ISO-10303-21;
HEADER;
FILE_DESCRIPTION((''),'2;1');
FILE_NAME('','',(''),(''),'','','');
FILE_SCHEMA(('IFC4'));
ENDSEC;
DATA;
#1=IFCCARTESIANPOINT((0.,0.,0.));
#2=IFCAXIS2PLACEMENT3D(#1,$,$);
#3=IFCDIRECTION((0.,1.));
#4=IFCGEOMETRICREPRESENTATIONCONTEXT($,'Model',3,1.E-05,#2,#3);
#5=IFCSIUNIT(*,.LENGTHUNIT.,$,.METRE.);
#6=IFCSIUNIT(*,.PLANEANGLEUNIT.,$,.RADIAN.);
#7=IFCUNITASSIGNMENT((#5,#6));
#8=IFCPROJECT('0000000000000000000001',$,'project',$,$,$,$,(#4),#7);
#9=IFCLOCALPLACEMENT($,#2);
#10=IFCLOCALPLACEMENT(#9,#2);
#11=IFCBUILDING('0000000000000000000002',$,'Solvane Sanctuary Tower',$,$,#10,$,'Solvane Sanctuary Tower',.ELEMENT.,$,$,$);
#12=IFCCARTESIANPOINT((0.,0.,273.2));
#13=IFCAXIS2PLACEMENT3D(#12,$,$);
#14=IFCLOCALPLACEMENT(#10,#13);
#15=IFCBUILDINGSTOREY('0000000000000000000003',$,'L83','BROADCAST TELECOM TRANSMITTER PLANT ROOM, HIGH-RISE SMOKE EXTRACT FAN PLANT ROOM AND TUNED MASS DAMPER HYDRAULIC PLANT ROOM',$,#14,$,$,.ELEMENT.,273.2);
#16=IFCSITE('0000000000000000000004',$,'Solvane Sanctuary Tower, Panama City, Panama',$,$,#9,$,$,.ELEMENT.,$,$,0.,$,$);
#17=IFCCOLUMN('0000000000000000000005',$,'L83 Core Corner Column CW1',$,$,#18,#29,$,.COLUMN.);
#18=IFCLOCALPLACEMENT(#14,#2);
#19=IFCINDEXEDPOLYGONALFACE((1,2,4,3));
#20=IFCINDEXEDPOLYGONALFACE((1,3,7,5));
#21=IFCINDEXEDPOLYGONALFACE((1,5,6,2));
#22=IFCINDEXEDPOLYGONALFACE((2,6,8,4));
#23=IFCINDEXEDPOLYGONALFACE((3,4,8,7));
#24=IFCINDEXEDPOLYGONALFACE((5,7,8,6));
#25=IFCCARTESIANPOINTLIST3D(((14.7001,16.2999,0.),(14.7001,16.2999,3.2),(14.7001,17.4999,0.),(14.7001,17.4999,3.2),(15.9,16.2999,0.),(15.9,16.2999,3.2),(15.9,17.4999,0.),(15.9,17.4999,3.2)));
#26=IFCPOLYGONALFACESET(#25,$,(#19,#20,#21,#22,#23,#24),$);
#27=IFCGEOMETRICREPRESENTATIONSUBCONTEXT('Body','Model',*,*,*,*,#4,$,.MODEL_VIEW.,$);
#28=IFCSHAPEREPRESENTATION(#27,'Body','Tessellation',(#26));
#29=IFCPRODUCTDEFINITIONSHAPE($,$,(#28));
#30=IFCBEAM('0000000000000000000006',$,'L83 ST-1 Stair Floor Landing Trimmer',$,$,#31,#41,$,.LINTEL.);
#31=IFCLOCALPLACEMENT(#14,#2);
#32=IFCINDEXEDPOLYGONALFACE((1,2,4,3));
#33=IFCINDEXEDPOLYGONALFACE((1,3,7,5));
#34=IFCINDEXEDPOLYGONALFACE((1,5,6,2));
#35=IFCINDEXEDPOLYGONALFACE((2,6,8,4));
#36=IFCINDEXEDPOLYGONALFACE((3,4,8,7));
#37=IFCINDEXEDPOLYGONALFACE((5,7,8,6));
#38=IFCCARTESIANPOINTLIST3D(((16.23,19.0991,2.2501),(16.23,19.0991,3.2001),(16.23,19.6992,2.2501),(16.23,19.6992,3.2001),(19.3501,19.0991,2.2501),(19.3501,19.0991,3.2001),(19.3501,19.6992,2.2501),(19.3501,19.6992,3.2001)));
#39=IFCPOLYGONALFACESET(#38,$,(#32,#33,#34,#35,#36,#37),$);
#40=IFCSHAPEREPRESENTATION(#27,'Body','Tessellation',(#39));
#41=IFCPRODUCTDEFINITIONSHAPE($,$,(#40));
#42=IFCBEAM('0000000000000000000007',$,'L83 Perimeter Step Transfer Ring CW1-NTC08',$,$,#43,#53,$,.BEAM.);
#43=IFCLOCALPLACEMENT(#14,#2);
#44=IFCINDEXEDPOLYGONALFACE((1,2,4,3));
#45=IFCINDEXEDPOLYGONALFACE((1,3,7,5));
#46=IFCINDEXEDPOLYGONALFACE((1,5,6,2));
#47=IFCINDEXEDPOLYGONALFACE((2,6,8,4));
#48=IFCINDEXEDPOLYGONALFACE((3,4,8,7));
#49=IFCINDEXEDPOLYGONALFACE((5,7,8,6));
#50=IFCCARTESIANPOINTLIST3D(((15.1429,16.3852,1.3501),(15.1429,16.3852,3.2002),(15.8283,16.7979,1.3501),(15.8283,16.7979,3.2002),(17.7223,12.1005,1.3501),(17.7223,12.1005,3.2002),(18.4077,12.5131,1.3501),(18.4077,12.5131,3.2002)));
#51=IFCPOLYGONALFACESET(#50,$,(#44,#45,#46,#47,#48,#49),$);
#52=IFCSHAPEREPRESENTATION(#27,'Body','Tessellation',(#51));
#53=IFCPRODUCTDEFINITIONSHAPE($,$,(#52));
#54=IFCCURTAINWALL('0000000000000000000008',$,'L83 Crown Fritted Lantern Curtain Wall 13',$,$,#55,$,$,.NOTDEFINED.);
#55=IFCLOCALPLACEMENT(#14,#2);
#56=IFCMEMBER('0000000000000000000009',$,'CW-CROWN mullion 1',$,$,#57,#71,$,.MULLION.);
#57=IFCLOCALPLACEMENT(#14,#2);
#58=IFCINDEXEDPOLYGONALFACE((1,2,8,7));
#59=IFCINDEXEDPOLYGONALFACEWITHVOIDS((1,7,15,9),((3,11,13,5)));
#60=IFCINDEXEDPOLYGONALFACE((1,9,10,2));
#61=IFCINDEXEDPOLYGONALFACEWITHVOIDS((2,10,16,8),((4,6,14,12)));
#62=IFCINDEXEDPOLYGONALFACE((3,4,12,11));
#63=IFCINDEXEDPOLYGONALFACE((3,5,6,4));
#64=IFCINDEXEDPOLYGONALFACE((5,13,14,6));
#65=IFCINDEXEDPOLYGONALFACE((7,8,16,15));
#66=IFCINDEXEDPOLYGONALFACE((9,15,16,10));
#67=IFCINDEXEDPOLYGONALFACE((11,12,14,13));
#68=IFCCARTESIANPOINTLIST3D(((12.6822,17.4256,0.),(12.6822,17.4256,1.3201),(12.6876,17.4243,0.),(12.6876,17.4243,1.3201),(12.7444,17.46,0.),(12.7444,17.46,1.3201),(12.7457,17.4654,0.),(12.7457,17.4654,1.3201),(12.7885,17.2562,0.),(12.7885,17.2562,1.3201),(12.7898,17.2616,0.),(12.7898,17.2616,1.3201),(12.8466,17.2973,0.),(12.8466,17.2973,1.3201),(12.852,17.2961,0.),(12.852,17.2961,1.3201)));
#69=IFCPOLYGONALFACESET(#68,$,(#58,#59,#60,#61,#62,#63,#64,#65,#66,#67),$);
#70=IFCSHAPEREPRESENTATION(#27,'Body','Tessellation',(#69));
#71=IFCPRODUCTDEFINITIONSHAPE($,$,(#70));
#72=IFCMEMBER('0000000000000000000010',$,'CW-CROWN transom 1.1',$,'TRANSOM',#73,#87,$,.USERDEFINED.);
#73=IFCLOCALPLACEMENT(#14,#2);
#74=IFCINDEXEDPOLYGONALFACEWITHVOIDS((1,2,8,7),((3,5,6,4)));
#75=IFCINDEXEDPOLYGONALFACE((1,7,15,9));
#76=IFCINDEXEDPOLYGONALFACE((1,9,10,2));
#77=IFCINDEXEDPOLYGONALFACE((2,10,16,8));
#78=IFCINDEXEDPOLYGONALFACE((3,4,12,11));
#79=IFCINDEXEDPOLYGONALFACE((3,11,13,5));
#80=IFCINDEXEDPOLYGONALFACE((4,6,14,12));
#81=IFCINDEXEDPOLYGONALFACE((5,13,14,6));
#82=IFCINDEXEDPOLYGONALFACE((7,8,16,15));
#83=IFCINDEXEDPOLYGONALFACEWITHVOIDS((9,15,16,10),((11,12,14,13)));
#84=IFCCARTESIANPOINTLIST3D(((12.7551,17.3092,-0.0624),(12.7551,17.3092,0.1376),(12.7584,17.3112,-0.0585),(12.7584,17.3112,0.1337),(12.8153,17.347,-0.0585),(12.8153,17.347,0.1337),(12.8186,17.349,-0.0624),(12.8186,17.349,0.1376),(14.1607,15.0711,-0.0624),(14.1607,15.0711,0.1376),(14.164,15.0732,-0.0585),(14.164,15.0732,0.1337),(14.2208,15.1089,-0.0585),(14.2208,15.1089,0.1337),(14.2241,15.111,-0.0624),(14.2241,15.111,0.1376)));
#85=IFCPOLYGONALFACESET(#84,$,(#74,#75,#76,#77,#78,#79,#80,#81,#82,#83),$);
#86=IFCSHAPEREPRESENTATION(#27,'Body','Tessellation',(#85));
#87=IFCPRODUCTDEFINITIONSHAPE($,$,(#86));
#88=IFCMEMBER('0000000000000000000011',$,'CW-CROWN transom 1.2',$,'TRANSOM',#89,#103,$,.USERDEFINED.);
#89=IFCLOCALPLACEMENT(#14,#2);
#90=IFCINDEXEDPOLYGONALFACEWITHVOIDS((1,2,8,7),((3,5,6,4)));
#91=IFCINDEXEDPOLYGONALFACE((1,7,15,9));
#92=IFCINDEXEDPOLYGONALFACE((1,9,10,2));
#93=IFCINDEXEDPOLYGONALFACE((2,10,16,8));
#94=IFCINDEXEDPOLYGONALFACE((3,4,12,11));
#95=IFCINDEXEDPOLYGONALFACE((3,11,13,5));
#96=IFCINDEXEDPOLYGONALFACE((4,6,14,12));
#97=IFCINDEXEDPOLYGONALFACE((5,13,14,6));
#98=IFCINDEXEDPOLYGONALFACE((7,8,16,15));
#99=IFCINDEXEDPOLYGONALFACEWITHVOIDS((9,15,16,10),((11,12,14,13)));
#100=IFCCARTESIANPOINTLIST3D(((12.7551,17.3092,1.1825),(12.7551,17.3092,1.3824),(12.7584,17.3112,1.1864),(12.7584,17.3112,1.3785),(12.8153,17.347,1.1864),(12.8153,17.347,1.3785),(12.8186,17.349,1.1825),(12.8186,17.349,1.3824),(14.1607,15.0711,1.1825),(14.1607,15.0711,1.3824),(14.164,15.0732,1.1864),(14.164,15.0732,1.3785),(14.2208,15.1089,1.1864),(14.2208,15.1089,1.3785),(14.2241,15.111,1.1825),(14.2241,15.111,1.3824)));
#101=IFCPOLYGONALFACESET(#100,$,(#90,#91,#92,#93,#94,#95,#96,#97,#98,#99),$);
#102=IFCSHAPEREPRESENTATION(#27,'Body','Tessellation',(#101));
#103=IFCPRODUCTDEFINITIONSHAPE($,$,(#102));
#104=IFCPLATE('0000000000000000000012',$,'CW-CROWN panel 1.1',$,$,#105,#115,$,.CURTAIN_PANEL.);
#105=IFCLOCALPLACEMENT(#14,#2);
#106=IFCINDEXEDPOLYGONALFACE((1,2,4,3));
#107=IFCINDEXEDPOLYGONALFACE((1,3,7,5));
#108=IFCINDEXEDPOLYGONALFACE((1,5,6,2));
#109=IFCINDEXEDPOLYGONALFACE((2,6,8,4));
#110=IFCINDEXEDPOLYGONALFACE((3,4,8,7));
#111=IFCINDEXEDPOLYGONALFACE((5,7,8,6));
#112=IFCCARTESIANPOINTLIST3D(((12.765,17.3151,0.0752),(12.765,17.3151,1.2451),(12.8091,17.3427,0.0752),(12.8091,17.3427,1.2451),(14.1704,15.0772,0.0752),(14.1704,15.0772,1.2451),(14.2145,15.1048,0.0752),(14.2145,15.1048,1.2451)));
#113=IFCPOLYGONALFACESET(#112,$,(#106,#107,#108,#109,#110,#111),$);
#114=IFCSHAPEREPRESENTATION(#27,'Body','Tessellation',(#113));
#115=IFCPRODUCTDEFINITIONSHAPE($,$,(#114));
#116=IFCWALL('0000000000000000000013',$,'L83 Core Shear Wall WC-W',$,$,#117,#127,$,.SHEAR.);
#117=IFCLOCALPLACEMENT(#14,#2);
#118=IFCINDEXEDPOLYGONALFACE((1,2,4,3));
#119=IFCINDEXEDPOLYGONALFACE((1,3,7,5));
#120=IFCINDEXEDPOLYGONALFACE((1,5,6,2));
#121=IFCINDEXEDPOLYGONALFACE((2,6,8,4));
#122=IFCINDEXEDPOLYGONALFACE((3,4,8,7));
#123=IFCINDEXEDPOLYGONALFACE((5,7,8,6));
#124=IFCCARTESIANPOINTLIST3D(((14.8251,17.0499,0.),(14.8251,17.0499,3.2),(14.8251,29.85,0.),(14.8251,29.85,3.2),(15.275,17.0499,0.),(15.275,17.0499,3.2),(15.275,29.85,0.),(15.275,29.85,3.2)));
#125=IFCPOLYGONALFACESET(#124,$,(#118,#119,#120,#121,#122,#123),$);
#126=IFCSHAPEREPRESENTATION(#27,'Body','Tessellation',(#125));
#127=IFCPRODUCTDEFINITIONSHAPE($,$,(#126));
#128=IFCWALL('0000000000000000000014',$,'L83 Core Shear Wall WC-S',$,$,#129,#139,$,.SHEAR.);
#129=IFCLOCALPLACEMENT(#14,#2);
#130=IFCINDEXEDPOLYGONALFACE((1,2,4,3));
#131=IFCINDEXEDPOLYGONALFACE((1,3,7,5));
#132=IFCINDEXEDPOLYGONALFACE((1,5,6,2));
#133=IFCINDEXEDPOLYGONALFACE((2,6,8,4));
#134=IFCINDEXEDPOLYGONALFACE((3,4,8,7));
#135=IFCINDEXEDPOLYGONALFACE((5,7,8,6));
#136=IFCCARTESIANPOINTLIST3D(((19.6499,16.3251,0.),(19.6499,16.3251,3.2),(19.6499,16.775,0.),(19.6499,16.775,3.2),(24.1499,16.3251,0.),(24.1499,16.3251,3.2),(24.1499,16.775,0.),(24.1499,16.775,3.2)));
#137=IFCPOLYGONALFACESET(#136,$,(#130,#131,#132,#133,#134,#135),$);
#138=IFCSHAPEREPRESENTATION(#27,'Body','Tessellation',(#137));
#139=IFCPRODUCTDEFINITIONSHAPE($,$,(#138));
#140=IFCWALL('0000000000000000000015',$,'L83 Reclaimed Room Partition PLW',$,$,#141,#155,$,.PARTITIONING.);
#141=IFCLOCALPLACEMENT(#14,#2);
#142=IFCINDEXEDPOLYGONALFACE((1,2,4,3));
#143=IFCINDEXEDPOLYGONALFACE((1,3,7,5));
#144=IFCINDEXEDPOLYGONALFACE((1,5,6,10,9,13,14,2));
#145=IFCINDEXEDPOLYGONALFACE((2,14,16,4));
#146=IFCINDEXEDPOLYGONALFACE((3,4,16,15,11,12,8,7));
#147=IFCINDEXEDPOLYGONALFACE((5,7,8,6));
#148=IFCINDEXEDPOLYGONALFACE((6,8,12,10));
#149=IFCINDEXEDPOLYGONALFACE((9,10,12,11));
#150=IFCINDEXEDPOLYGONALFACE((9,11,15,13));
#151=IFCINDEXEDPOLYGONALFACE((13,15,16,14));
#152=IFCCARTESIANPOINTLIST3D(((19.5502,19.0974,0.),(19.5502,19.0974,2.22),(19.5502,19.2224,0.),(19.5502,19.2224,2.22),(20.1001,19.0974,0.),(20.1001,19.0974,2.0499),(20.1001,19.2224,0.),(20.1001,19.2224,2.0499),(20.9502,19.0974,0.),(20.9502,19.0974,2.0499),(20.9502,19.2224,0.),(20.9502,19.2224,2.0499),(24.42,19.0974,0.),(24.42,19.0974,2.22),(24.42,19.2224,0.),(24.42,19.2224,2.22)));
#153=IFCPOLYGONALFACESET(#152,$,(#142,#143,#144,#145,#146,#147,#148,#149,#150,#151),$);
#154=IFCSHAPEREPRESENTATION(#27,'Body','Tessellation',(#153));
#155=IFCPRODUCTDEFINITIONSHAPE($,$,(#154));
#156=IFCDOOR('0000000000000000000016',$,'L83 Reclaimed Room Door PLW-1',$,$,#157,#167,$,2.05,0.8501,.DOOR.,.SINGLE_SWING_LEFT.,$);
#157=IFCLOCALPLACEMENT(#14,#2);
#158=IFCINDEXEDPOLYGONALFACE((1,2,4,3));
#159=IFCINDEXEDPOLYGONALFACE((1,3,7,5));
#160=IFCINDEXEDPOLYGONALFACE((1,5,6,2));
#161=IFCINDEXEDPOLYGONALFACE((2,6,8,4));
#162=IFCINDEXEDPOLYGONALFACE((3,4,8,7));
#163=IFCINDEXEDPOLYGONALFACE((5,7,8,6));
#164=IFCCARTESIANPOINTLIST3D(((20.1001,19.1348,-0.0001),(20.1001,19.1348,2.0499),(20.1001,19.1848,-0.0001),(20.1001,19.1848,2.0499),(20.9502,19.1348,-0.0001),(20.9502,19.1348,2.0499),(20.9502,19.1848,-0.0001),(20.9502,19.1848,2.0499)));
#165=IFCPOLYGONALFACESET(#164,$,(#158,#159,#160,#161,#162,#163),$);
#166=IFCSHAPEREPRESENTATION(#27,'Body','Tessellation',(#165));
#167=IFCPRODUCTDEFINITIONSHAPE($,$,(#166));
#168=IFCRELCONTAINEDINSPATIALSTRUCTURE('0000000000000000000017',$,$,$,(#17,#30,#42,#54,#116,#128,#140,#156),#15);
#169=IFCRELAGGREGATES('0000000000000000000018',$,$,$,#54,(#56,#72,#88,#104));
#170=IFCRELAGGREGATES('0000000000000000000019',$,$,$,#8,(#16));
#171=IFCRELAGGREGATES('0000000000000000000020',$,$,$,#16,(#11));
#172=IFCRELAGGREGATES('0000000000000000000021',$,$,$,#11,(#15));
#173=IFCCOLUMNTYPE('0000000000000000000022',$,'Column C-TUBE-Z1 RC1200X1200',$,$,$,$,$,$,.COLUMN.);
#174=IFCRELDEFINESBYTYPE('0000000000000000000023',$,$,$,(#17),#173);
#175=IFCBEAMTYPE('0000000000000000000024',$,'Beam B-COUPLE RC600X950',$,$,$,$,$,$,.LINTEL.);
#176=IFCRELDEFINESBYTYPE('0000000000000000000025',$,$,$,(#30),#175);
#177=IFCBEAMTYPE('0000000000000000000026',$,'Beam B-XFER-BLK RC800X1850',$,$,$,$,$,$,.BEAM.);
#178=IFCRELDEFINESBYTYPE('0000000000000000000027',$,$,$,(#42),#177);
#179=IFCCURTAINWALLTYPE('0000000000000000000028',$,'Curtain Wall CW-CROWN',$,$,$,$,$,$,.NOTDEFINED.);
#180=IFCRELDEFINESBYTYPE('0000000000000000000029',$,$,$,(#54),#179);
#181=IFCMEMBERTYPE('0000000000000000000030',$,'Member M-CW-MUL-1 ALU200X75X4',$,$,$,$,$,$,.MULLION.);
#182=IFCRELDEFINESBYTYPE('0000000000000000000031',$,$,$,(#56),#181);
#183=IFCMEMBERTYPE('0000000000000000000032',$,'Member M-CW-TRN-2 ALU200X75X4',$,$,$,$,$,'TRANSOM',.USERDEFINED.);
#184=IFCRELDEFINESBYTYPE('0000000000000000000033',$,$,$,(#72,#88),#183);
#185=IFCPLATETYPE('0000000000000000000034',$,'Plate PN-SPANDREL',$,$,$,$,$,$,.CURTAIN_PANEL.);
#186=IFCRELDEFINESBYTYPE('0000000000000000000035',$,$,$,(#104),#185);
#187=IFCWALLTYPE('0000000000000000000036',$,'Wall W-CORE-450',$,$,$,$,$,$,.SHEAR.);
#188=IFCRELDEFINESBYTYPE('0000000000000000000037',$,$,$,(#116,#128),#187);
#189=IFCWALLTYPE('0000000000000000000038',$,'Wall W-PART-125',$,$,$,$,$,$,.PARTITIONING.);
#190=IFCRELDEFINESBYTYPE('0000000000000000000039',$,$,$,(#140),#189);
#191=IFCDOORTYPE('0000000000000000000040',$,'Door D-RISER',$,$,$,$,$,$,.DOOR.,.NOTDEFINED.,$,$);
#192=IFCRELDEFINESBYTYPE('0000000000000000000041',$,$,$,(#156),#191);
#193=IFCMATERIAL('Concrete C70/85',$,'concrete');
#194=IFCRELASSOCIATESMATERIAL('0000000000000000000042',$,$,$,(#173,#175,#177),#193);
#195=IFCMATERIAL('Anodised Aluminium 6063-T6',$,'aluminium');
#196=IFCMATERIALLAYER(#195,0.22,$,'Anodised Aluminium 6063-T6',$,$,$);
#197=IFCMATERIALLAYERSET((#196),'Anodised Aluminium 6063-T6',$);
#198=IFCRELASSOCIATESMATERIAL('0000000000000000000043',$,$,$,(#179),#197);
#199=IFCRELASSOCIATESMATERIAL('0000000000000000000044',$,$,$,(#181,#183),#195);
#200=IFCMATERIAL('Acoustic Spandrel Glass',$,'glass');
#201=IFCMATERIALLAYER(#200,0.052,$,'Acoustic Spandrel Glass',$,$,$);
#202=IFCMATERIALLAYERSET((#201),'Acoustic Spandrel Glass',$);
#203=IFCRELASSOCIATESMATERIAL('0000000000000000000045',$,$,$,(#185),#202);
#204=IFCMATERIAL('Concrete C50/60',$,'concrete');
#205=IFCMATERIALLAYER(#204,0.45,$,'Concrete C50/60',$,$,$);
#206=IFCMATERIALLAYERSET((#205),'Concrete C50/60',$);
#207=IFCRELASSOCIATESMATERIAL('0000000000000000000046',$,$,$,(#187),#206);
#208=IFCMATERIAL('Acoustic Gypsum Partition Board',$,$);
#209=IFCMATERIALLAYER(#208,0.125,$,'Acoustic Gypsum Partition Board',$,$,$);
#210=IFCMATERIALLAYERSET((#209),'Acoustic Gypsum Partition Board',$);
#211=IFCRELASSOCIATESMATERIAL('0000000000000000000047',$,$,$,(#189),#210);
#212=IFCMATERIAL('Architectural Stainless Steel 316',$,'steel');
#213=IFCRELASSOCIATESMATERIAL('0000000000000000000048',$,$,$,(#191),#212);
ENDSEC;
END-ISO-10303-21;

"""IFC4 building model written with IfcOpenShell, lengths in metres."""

from ifc_helpers import new_model, si_unit, direction, frame, frame_2d, origin, origin_2d, place, context, subcontext, project, spatial, rectangle, hollow_rectangle, extrude, material, layer, layer_set, material_profile, profile_set, type_object, element, fill, aggregate, save


model = new_model("IFC4")

# Units and contexts
model_context = context("Model", 3, precision=1e-05, world=origin(), true_north=direction((0.0, 1.0)))
body_context = subcontext(model_context, "Body", "Model", "MODEL_VIEW")
ifc_project = project(units=[si_unit("LENGTHUNIT", "METRE"), si_unit("PLANEANGLEUNIT", "RADIAN")], contexts=[model_context])

# Site, building, storey
site_placement = place(None, origin())
site = spatial("IfcSite", under=ifc_project, at=site_placement, Name="Solvane Sanctuary Tower, Panama City, Panama", CompositionType="ELEMENT", RefElevation=0.0)
building_placement = place(site_placement, origin())
building = spatial("IfcBuilding", under=site, at=building_placement, Name="Solvane Sanctuary Tower", LongName="Solvane Sanctuary Tower", CompositionType="ELEMENT")
storey_placement = place(building_placement, frame((0.0, 0.0, 273.2)))
storey = spatial("IfcBuildingStorey", under=building, at=storey_placement, Name="L83", Description="BROADCAST TELECOM TRANSMITTER PLANT ROOM, HIGH-RISE SMOKE EXTRACT FAN PLANT ROOM AND TUNED MASS DAMPER HYDRAULIC PLANT ROOM", CompositionType="ELEMENT", Elevation=273.2)

# Column
ifc_material_1 = material(Name="Concrete C70/85", Category="concrete")
ifc_material_profile_1 = material_profile(ifc_material_1, rectangle(XDim=1.2, YDim=1.2, at=origin_2d()), Name="RC1200X1200")
ifc_profile_set_1 = profile_set([ifc_material_profile_1], Name="Concrete C70/85")
column_type = type_object("IfcColumnType", Name="Column C-TUBE-Z1 RC1200X1200", PredefinedType="COLUMN", material=ifc_profile_set_1)
column_placement = place(storey_placement, frame((15.3, 16.8999, 0.0), z_axis=(0.0, 0.0, 1.0), x_axis=(1.0, 0.0, 0.0)))
element("IfcColumn", 1, at=column_placement, inside=storey, type_object=column_type, Name="L83 Core Corner Column CW1", PredefinedType="COLUMN", context=body_context, shape_type="SweptSolid", body=[
    extrude(rectangle(XDim=1.2, YDim=1.2, at=origin_2d()), origin(), (0.0, 0.0, 1.0), 3.2),
])

# Beams
ifc_material_profile_2 = material_profile(ifc_material_1, rectangle(XDim=0.6001, YDim=0.95, at=origin_2d()), Name="RC600X950")
ifc_profile_set_2 = profile_set([ifc_material_profile_2], Name="Concrete C70/85")
beam_type_1 = type_object("IfcBeamType", Name="Beam B-COUPLE RC600X950", PredefinedType="LINTEL", material=ifc_profile_set_2)
beam_1_placement = place(storey_placement, frame((16.23, 19.3992, 2.7251), z_axis=(1.0, 0.0, 0.0), x_axis=(0.0, 1.0, 0.0)))
element("IfcBeam", 2, at=beam_1_placement, inside=storey, type_object=beam_type_1, Name="L83 ST-1 Stair Floor Landing Trimmer", PredefinedType="LINTEL", context=body_context, shape_type="SweptSolid", body=[
    extrude(rectangle(XDim=0.6001, YDim=0.95, at=origin_2d()), origin(), (0.0, 0.0, 1.0), 3.1201),
])
ifc_material_profile_3 = material_profile(ifc_material_1, rectangle(XDim=0.8, YDim=1.8501, at=origin_2d()), Name="RC800X1850")
ifc_profile_set_3 = profile_set([ifc_material_profile_3], Name="Concrete C70/85")
beam_type_2 = type_object("IfcBeamType", Name="Beam B-XFER-BLK RC800X1850", PredefinedType="BEAM", material=ifc_profile_set_3)
beam_2_placement = place(storey_placement, frame((15.4856, 16.5916, 2.2751), z_axis=(0.515752, -0.856738, 0.0), x_axis=(0.856738, 0.515752, 0.0)))
element("IfcBeam", 3, at=beam_2_placement, inside=storey, type_object=beam_type_2, Name="L83 Perimeter Step Transfer Ring CW1-NTC08", PredefinedType="BEAM", context=body_context, shape_type="SweptSolid", body=[
    extrude(rectangle(XDim=0.8, YDim=1.8501, at=origin_2d()), origin(), (0.0, 0.0, 1.0), 5.0012),
])

# Curtain wall, members, plate
ifc_material_2 = material(Name="Anodised Aluminium 6063-T6", Category="aluminium")
ifc_layer_1 = layer(ifc_material_2, 0.22, Name="Anodised Aluminium 6063-T6")
ifc_layer_set_1 = layer_set([ifc_layer_1], Name="Anodised Aluminium 6063-T6")
curtain_wall_type = type_object("IfcCurtainWallType", Name="Curtain Wall CW-CROWN", PredefinedType="NOTDEFINED", material=ifc_layer_set_1)
curtain_wall_placement = place(storey_placement, origin())
curtain_wall = element("IfcCurtainWall", 4, at=curtain_wall_placement, inside=storey, type_object=curtain_wall_type, Name="L83 Crown Fritted Lantern Curtain Wall 13", PredefinedType="NOTDEFINED")
ifc_material_profile_4 = material_profile(ifc_material_2, hollow_rectangle(XDim=0.075, YDim=0.2, WallThickness=0.0039, at=origin_2d()), Name="ALU200X75X4")
ifc_profile_set_4 = profile_set([ifc_material_profile_4], Name="Anodised Aluminium 6063-T6")
member_type_1 = type_object("IfcMemberType", Name="Member M-CW-MUL-1 ALU200X75X4", PredefinedType="MULLION", material=ifc_profile_set_4)
member_1_placement = place(storey_placement, frame((12.7671, 17.3608, 0.0), z_axis=(0.0, 0.0, 1.0), x_axis=(0.846858, 0.531819, 0.0)))
member_1 = element("IfcMember", 5, at=member_1_placement, type_object=member_type_1, Name="CW-CROWN mullion 1", PredefinedType="MULLION", context=body_context, shape_type="SweptSolid", body=[
    extrude(hollow_rectangle(XDim=0.075, YDim=0.2, WallThickness=0.0039, at=origin_2d()), origin(), (0.0, 0.0, 1.0), 1.3201),
])
ifc_material_profile_5 = material_profile(ifc_material_2, hollow_rectangle(XDim=0.075, YDim=0.2, WallThickness=0.0039, at=origin_2d()), Name="ALU200X75X4")
ifc_profile_set_5 = profile_set([ifc_material_profile_5], Name="Anodised Aluminium 6063-T6")
member_type_2 = type_object("IfcMemberType", Name="Member M-CW-TRN-2 ALU200X75X4", ElementType="TRANSOM", PredefinedType="USERDEFINED", material=ifc_profile_set_5)
member_2_placement = place(storey_placement, frame((12.7869, 17.3291, 0.0376), z_axis=(0.531833, -0.846849, 0.0), x_axis=(0.846849, 0.531833, 0.0)))
member_2 = element("IfcMember", 6, at=member_2_placement, type_object=member_type_2, Name="CW-CROWN transom 1.1", ObjectType="TRANSOM", PredefinedType="USERDEFINED", context=body_context, shape_type="SweptSolid", body=[
    extrude(hollow_rectangle(XDim=0.075, YDim=0.2, WallThickness=0.0039, at=origin_2d()), origin(), (0.0, 0.0, 1.0), 2.6428),
])
member_3_placement = place(storey_placement, frame((12.7869, 17.3291, 1.2825), z_axis=(0.531833, -0.846849, 0.0), x_axis=(0.846849, 0.531833, 0.0)))
member_3 = element("IfcMember", 7, at=member_3_placement, type_object=member_type_2, Name="CW-CROWN transom 1.2", ObjectType="TRANSOM", PredefinedType="USERDEFINED", context=body_context, shape_type="SweptSolid", body=[
    extrude(hollow_rectangle(XDim=0.075, YDim=0.2, WallThickness=0.0039, at=origin_2d()), origin(), (0.0, 0.0, 1.0), 2.6428),
])
ifc_material_3 = material(Name="Acoustic Spandrel Glass", Category="glass")
ifc_layer_2 = layer(ifc_material_3, 0.052, Name="Acoustic Spandrel Glass")
ifc_layer_set_2 = layer_set([ifc_layer_2], Name="Acoustic Spandrel Glass")
plate_type = type_object("IfcPlateType", Name="Plate PN-SPANDREL", PredefinedType="CURTAIN_PANEL", material=ifc_layer_set_2)
plate_placement = place(storey_placement, frame((13.4897, 16.21, 0.0752), z_axis=(0.0, 0.0, 1.0), x_axis=(0.531819, -0.846858, 0.0)))
plate = element("IfcPlate", 8, at=plate_placement, type_object=plate_type, Name="CW-CROWN panel 1.1", PredefinedType="CURTAIN_PANEL", context=body_context, shape_type="SweptSolid", body=[
    extrude(rectangle(XDim=2.6426, YDim=0.052, at=origin_2d()), origin(), (0.0, 0.0, 1.0), 1.1699),
])
aggregate(curtain_wall, [member_1, member_2, member_3, plate])

# Walls
ifc_material_4 = material(Name="Concrete C50/60", Category="concrete")
ifc_layer_3 = layer(ifc_material_4, 0.45, Name="Concrete C50/60")
ifc_layer_set_3 = layer_set([ifc_layer_3], Name="Concrete C50/60")
wall_type_1 = type_object("IfcWallType", Name="Wall W-CORE-450", PredefinedType="SHEAR", material=ifc_layer_set_3)
wall_1_placement = place(storey_placement, frame((15.05, 17.05, 0.0), z_axis=(0.0, 0.0, 1.0), x_axis=(0.0, 1.0, 0.0)))
element("IfcWall", 9, at=wall_1_placement, inside=storey, type_object=wall_type_1, Name="L83 Core Shear Wall WC-W", PredefinedType="SHEAR", context=body_context, shape_type="SweptSolid", body=[
    extrude(rectangle(XDim=12.8, YDim=0.45, at=frame_2d((6.3999, 0.0))), origin(), (0.0, 0.0, 1.0), 3.2),
])
wall_2_placement = place(storey_placement, frame((19.6499, 16.55, 0.0), z_axis=(0.0, 0.0, 1.0), x_axis=(1.0, 0.0, 0.0)))
element("IfcWall", 10, at=wall_2_placement, inside=storey, type_object=wall_type_1, Name="L83 Core Shear Wall WC-S", PredefinedType="SHEAR", context=body_context, shape_type="SweptSolid", body=[
    extrude(rectangle(XDim=4.5, YDim=0.45, at=frame_2d((2.25, 0.0))), origin(), (0.0, 0.0, 1.0), 3.2),
])

# Wall, opening, door
ifc_material_5 = material(Name="Acoustic Gypsum Partition Board")
ifc_layer_4 = layer(ifc_material_5, 0.125, Name="Acoustic Gypsum Partition Board")
ifc_layer_set_4 = layer_set([ifc_layer_4], Name="Acoustic Gypsum Partition Board")
wall_type_2 = type_object("IfcWallType", Name="Wall W-PART-125", PredefinedType="PARTITIONING", material=ifc_layer_set_4)
wall_3_placement = place(storey_placement, frame((19.55, 19.1599, 0.0), z_axis=(0.0, 0.0, 1.0), x_axis=(1.0, 0.0, 0.0)))
wall_3 = element("IfcWall", 11, at=wall_3_placement, inside=storey, type_object=wall_type_2, Name="L83 Reclaimed Room Partition PLW", PredefinedType="PARTITIONING", context=body_context, shape_type="SweptSolid", body=[
    extrude(rectangle(XDim=4.8699, YDim=0.125, at=frame_2d((2.4351, 0.0))), origin(), (0.0, 0.0, 1.0), 2.22),
])
opening_1_placement = place(wall_3_placement, frame((0.55, 0.0, 0.0)))
opening_1 = element("IfcOpeningElement", 12, at=opening_1_placement, cuts=wall_3, PredefinedType="OPENING", context=body_context, shape_type="SweptSolid", body=[
    extrude(rectangle(XDim=0.8501, YDim=2.05, at=frame_2d((0.425, 1.0249))), frame((0.0, 0.0725, 0.0), z_axis=(0.0, -1.0, 0.0), x_axis=(1.0, 0.0, 0.0)), (0.0, 0.0, 1.0), 0.145),
])
ifc_material_6 = material(Name="Architectural Stainless Steel 316", Category="steel")
door_type_1 = type_object("IfcDoorType", Name="Door D-RISER", OperationType="NOTDEFINED", PredefinedType="DOOR", material=ifc_material_6)
door_1_placement = place(opening_1_placement, origin())
door_1 = element("IfcDoor", 13, at=door_1_placement, inside=storey, type_object=door_type_1, Name="L83 Reclaimed Room Door PLW-1", OperationType="SINGLE_SWING_LEFT", OverallHeight=2.05, OverallWidth=0.8501, PredefinedType="DOOR", context=body_context, shape_type="SweptSolid", body=[
    extrude(rectangle(XDim=0.8501, YDim=2.05, at=frame_2d((0.425, 1.0249))), frame((0.0, 0.0249, 0.0), z_axis=(0.0, -1.0, 0.0), x_axis=(1.0, 0.0, 0.0)), (0.0, 0.0, 1.0), 0.05),
])
fill(opening_1, door_1)

save(model, "model.ifc")
